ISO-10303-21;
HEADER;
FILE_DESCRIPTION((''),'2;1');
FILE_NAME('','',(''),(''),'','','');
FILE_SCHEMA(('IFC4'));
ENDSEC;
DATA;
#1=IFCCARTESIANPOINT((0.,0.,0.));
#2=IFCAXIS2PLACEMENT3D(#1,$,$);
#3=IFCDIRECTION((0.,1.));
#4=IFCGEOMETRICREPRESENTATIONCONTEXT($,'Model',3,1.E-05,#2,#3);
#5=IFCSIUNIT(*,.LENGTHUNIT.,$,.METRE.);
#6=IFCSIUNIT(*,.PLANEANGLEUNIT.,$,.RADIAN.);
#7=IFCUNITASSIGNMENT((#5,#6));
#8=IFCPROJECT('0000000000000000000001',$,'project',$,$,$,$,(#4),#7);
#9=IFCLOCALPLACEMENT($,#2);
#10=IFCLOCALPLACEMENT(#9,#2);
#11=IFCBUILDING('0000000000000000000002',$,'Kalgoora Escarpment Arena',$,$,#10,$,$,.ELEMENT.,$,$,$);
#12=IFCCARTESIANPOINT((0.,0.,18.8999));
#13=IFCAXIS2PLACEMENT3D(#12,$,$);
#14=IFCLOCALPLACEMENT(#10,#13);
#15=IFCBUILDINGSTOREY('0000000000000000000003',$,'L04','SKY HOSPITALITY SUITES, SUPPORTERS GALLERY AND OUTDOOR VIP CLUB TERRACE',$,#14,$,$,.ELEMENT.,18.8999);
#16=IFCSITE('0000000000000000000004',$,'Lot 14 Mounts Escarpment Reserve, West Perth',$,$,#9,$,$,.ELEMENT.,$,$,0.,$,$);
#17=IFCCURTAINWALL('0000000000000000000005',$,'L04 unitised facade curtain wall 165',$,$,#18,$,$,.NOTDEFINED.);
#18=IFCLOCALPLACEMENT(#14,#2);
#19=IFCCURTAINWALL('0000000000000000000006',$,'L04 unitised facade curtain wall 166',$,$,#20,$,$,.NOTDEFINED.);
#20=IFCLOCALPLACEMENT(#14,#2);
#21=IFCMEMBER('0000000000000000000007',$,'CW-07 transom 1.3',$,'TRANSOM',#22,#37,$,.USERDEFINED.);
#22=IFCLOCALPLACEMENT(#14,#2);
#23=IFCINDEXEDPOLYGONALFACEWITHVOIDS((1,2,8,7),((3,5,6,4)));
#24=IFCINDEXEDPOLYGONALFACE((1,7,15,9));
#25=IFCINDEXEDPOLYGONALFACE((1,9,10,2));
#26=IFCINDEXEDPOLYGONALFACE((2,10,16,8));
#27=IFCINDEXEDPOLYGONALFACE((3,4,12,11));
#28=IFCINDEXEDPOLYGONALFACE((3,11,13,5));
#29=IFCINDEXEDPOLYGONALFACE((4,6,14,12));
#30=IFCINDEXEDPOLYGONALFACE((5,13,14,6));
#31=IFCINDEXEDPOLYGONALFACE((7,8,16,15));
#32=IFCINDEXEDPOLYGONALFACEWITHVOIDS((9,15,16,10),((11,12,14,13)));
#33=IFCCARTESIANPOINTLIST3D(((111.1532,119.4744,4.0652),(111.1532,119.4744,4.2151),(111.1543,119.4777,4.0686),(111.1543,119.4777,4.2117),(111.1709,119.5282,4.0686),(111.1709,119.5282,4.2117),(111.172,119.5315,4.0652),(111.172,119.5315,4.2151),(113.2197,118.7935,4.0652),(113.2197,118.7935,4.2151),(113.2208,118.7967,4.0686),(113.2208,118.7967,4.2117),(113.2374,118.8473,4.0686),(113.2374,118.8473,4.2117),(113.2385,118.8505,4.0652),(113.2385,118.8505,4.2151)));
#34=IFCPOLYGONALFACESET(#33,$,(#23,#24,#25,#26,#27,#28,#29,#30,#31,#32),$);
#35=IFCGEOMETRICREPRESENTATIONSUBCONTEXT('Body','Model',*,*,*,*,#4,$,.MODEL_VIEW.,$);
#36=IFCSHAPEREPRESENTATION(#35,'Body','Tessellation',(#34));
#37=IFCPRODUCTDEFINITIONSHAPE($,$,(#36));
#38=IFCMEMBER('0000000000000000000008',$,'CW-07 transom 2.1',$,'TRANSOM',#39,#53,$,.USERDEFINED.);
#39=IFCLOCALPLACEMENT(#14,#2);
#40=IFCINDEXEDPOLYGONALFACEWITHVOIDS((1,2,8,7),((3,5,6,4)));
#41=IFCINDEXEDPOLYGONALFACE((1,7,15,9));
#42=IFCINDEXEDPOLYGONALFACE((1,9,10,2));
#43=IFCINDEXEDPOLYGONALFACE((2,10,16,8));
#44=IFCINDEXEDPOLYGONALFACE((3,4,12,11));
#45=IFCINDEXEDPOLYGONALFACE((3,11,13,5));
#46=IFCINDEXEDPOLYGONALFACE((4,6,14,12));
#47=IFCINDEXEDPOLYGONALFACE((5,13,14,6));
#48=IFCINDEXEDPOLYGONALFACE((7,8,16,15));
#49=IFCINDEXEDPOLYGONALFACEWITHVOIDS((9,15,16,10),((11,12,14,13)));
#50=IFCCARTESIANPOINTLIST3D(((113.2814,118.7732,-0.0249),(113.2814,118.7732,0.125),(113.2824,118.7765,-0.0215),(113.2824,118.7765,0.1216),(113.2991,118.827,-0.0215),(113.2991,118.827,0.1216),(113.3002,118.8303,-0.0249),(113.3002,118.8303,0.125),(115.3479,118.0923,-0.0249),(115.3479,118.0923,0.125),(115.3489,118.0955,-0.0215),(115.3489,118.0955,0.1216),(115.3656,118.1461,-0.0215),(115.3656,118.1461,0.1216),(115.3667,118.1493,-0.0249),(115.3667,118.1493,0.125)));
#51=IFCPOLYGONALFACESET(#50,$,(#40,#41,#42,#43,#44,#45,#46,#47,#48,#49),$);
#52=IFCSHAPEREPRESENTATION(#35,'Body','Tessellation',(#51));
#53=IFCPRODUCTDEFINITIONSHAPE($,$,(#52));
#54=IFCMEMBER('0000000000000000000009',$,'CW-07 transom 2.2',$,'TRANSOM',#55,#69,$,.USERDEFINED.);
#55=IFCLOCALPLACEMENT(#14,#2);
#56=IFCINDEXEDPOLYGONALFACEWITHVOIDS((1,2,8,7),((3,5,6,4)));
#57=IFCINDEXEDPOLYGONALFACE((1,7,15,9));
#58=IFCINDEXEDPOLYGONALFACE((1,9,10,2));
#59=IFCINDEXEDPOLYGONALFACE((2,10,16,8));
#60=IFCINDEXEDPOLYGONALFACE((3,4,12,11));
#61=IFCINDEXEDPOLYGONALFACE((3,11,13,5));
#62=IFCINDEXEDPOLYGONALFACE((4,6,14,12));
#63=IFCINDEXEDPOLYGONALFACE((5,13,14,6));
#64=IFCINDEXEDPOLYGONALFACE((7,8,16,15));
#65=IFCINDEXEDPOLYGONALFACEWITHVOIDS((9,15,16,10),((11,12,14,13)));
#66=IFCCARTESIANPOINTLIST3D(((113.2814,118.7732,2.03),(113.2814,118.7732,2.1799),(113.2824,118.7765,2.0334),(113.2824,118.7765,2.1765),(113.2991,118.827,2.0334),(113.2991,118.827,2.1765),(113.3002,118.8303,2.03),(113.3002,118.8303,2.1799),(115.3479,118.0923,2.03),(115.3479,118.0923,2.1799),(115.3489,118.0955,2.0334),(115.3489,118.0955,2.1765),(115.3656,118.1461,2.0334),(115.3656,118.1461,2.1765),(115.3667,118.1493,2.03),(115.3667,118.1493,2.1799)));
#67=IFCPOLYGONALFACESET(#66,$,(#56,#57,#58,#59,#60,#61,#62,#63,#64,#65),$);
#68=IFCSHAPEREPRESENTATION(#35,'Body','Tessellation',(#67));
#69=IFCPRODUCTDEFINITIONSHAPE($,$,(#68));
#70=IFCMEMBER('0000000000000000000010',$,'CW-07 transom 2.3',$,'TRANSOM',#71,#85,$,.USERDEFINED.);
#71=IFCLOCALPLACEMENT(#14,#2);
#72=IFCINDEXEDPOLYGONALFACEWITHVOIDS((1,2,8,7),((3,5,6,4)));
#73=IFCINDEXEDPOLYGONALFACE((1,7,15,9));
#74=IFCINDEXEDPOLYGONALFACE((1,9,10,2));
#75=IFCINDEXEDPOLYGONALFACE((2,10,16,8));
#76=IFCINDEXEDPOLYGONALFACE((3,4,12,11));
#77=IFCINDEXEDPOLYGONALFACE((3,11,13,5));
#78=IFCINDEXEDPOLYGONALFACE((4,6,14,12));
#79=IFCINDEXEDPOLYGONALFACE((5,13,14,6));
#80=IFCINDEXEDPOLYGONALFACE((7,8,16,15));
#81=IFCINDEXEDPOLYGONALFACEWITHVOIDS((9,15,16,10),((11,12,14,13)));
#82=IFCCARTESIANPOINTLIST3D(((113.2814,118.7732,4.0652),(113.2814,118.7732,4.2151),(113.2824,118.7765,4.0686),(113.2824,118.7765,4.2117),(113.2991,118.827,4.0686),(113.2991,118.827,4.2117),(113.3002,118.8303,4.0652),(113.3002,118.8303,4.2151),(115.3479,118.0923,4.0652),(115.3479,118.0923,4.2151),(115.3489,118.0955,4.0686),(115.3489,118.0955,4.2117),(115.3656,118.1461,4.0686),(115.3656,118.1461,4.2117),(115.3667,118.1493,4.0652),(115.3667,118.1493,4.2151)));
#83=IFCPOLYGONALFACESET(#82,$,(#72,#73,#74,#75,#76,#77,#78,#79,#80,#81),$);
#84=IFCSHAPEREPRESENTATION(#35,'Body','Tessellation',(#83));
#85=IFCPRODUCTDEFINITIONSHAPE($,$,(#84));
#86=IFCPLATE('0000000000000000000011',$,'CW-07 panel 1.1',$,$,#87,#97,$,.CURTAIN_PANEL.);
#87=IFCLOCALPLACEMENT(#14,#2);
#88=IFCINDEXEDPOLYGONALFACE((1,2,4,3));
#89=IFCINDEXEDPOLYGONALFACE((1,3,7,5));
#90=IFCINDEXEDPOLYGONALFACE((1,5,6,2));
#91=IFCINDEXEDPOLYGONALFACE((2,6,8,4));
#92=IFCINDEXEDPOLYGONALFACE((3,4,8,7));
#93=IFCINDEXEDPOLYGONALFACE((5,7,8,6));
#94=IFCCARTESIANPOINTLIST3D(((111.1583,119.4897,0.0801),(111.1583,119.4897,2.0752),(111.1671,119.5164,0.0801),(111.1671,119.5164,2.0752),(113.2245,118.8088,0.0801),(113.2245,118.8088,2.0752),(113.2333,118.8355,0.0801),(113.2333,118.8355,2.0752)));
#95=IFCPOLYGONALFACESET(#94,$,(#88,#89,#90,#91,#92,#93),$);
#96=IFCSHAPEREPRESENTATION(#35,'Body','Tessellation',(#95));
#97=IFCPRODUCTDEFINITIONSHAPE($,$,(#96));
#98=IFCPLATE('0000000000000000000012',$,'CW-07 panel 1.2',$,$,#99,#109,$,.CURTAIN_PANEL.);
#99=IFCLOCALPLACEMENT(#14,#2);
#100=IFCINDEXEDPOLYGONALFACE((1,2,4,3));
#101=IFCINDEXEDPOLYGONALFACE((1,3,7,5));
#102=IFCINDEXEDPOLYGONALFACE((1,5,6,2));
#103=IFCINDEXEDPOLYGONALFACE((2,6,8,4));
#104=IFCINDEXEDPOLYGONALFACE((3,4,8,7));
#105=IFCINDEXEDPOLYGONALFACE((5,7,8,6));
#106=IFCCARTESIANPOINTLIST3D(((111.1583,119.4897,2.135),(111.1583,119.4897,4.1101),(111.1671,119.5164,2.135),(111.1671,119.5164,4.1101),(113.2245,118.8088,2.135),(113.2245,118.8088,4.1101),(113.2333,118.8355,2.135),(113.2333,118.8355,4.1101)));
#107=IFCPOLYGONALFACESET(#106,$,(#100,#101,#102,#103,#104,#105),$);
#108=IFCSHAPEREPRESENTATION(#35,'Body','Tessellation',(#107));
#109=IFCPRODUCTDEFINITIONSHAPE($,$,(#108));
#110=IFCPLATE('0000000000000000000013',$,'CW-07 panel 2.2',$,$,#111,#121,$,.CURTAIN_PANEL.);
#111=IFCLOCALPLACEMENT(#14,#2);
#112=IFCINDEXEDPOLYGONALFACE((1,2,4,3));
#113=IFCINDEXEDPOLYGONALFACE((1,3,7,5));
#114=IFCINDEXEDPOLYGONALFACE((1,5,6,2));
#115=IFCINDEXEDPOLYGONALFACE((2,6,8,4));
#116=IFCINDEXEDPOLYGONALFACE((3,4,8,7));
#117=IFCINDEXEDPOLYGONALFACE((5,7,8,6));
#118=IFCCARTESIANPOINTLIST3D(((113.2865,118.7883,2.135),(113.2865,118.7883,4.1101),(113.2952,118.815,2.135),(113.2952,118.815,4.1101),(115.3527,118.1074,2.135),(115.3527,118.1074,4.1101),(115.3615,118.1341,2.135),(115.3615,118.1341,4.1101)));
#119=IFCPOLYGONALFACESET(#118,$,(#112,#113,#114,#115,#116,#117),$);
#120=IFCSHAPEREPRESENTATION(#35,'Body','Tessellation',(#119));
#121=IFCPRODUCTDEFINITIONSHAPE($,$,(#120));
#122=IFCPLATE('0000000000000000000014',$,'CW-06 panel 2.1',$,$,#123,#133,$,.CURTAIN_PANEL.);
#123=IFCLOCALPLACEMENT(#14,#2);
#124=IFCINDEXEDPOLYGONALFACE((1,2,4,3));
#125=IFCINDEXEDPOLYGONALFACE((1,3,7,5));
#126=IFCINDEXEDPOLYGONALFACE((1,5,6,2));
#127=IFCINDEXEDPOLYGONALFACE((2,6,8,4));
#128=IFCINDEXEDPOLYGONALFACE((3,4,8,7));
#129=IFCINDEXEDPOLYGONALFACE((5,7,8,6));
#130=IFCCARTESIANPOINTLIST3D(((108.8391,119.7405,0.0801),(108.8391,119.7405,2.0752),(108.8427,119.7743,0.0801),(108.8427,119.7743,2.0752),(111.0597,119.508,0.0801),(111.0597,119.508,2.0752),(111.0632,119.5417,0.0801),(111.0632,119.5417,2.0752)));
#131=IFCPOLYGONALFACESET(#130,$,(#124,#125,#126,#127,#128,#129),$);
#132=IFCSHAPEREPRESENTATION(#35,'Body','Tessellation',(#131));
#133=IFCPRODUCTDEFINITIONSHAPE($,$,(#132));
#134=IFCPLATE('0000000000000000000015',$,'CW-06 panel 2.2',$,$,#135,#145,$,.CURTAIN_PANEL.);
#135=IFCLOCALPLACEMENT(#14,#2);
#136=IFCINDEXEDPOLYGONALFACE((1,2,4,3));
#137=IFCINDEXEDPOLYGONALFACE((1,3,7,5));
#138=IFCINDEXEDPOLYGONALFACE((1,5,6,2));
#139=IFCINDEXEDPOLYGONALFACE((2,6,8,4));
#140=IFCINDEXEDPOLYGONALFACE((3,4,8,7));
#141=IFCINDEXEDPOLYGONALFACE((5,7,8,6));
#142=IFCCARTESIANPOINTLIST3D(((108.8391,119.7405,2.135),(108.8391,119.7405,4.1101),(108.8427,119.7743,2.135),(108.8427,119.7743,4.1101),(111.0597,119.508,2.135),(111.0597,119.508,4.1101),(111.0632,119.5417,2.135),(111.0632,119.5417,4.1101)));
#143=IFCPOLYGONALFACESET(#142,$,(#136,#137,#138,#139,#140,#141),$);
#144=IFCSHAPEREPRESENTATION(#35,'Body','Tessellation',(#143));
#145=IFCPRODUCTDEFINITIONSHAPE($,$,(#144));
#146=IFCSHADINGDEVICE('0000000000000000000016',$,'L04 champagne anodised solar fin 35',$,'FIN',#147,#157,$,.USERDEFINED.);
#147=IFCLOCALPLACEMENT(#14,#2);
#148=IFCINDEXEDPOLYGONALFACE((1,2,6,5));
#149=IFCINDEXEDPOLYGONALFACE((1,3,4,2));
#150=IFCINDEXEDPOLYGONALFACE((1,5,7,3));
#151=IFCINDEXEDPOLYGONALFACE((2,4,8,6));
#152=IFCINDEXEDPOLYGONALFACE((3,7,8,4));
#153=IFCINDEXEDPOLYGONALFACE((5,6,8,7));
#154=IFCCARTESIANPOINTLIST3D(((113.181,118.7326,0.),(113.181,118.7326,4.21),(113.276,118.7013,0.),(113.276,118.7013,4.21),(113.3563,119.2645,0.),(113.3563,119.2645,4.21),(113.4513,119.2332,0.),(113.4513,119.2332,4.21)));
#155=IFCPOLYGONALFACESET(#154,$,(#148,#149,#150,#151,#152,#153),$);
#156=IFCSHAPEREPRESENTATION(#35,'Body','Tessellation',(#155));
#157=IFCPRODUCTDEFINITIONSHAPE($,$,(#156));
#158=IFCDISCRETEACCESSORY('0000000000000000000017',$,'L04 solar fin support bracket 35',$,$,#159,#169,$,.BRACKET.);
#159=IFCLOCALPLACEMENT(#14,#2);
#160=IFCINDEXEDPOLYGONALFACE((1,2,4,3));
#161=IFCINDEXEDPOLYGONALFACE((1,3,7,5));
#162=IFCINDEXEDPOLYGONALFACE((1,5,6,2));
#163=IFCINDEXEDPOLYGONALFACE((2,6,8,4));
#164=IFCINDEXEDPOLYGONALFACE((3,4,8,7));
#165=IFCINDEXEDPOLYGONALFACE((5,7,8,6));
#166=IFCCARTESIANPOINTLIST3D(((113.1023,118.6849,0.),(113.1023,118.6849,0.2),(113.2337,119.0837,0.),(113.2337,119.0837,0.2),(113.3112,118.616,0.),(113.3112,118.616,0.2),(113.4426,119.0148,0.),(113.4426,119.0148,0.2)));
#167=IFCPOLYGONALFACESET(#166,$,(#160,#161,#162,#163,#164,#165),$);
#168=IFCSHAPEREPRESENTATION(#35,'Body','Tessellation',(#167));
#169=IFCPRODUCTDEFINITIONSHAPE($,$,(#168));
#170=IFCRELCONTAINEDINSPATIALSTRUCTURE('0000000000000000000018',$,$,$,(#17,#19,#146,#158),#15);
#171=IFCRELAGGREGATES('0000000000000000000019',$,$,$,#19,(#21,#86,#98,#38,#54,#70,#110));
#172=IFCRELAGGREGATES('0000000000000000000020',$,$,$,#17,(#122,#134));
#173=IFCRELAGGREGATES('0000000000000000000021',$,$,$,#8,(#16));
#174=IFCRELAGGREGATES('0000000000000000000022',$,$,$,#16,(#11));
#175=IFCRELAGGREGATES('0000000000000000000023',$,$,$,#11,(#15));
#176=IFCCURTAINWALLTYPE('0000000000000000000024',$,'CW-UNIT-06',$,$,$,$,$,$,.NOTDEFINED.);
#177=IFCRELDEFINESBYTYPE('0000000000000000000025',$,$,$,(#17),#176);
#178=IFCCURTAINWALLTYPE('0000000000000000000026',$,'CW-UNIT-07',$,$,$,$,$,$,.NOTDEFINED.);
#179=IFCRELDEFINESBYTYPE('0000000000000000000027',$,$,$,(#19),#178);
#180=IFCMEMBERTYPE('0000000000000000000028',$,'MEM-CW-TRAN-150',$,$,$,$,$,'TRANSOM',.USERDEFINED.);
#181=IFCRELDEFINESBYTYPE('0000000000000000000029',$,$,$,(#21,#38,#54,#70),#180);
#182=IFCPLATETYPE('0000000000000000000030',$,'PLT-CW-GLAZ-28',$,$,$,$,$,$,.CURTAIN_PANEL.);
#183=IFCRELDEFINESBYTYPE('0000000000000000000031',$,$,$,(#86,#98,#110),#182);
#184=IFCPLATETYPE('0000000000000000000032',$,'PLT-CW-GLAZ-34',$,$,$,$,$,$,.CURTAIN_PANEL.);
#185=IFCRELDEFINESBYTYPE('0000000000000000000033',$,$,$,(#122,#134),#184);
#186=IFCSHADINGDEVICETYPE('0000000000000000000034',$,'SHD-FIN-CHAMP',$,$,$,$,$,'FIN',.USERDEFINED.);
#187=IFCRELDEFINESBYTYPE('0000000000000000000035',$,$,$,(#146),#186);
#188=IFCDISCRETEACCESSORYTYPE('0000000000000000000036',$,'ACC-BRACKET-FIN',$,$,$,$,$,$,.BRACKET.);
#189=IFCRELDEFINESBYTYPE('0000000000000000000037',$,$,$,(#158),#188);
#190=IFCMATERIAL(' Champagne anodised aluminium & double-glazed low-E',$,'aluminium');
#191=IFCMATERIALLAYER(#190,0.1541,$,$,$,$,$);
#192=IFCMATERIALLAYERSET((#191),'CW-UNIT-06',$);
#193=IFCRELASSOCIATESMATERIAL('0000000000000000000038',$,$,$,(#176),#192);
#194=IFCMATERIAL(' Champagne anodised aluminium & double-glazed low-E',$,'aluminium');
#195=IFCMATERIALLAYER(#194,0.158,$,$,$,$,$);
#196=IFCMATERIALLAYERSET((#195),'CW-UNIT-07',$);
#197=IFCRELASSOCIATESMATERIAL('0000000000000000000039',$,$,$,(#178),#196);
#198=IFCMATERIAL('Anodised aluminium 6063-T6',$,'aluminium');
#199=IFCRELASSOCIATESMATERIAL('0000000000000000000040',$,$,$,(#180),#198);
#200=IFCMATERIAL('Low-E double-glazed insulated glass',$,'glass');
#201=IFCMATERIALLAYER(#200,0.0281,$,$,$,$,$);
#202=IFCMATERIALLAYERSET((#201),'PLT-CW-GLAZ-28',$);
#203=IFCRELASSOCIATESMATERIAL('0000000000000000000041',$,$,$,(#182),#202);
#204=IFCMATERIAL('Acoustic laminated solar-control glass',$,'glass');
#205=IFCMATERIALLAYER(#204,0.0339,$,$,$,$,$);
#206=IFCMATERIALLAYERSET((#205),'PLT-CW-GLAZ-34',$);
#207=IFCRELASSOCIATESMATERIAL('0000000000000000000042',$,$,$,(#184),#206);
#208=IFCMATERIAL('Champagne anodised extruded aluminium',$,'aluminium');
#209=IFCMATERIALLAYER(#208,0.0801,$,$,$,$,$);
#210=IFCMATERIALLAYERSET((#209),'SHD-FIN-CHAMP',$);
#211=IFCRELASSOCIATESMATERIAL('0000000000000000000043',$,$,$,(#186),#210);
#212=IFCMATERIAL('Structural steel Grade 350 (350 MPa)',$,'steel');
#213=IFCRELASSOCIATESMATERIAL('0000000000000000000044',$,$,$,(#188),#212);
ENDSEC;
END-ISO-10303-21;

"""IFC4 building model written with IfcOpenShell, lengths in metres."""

from ifc_helpers import new_model, si_unit, direction, frame, origin, origin_2d, place, context, subcontext, project, spatial, rectangle, hollow_rectangle, extrude, material, layer, layer_set, material_profile, profile_set, type_object, element, aggregate, save


model = new_model("IFC4")

# Units and contexts
model_context = context("Model", 3, precision=1e-05, world=origin(), true_north=direction((0.0, 1.0)))
body_context = subcontext(model_context, "Body", "Model", "MODEL_VIEW")
ifc_project = project(units=[si_unit("LENGTHUNIT", "METRE"), si_unit("PLANEANGLEUNIT", "RADIAN")], contexts=[model_context])

# Site, building, storey
site_placement = place(None, origin())
site = spatial("IfcSite", under=ifc_project, at=site_placement, Name="Lot 14 Mounts Escarpment Reserve, West Perth", CompositionType="ELEMENT", RefElevation=0.0)
building_placement = place(site_placement, origin())
building = spatial("IfcBuilding", under=site, at=building_placement, Name="Kalgoora Escarpment Arena", CompositionType="ELEMENT")
storey_placement = place(building_placement, frame((0.0, 0.0, 18.8999)))
storey = spatial("IfcBuildingStorey", under=building, at=storey_placement, Name="L04", Description="SKY HOSPITALITY SUITES, SUPPORTERS GALLERY AND OUTDOOR VIP CLUB TERRACE", CompositionType="ELEMENT", Elevation=18.8999)

# Curtain wall
ifc_material_1 = material(Name=" Champagne anodised aluminium & double-glazed low-E", Category="aluminium")
ifc_layer_1 = layer(ifc_material_1, 0.1541)
ifc_layer_set_1 = layer_set([ifc_layer_1], Name="CW-UNIT-06")
curtain_wall_type_1 = type_object("IfcCurtainWallType", Name="CW-UNIT-06", PredefinedType="NOTDEFINED", material=ifc_layer_set_1)
curtain_wall_1_placement = place(storey_placement, origin())
curtain_wall_1 = element("IfcCurtainWall", 1, at=curtain_wall_1_placement, inside=storey, type_object=curtain_wall_type_1, Name="L04 unitised facade curtain wall 165", PredefinedType="NOTDEFINED")

# Curtain wall
ifc_material_2 = material(Name=" Champagne anodised aluminium & double-glazed low-E", Category="aluminium")
ifc_layer_2 = layer(ifc_material_2, 0.158)
ifc_layer_set_2 = layer_set([ifc_layer_2], Name="CW-UNIT-07")
curtain_wall_type_2 = type_object("IfcCurtainWallType", Name="CW-UNIT-07", PredefinedType="NOTDEFINED", material=ifc_layer_set_2)
curtain_wall_2_placement = place(storey_placement, origin())
curtain_wall_2 = element("IfcCurtainWall", 2, at=curtain_wall_2_placement, inside=storey, type_object=curtain_wall_type_2, Name="L04 unitised facade curtain wall 166", PredefinedType="NOTDEFINED")

# Members
ifc_material_3 = material(Name="Anodised aluminium 6063-T6", Category="aluminium")
ifc_material_profile_1 = material_profile(ifc_material_3, hollow_rectangle(XDim=0.0601, YDim=0.1499, WallThickness=0.0034, at=origin_2d()))
ifc_profile_set_1 = profile_set([ifc_material_profile_1], Name="Anodised aluminium 6063-T6")
member_type_1 = type_object("IfcMemberType", Name="MEM-CW-TRAN-150", ElementType="TRANSOM", PredefinedType="USERDEFINED", material=ifc_profile_set_1)
member_1_placement = place(storey_placement, frame((111.1626, 119.5029, 4.1401), z_axis=(0.949766, -0.312961, 0.0), x_axis=(0.312961, 0.949766, 0.0)))
member_1 = element("IfcMember", 3, at=member_1_placement, type_object=member_type_1, Name="CW-07 transom 1.3", ObjectType="TRANSOM", PredefinedType="USERDEFINED", context=body_context, shape_type="SweptSolid", body=[
    extrude(hollow_rectangle(XDim=0.0601, YDim=0.1499, WallThickness=0.0034, at=origin_2d()), origin(), (0.0, 0.0, 1.0), 2.1758),
])
member_2_placement = place(storey_placement, frame((113.2908, 118.8018, 0.05), z_axis=(0.949766, -0.312961, 0.0), x_axis=(0.312961, 0.949766, 0.0)))
member_2 = element("IfcMember", 4, at=member_2_placement, type_object=member_type_1, Name="CW-07 transom 2.1", ObjectType="TRANSOM", PredefinedType="USERDEFINED", context=body_context, shape_type="SweptSolid", body=[
    extrude(hollow_rectangle(XDim=0.0601, YDim=0.1499, WallThickness=0.0034, at=origin_2d()), origin(), (0.0, 0.0, 1.0), 2.1758),
])
member_3_placement = place(storey_placement, frame((113.2908, 118.8018, 2.105), z_axis=(0.949766, -0.312961, 0.0), x_axis=(0.312961, 0.949766, 0.0)))
member_3 = element("IfcMember", 5, at=member_3_placement, type_object=member_type_1, Name="CW-07 transom 2.2", ObjectType="TRANSOM", PredefinedType="USERDEFINED", context=body_context, shape_type="SweptSolid", body=[
    extrude(hollow_rectangle(XDim=0.0601, YDim=0.1499, WallThickness=0.0034, at=origin_2d()), origin(), (0.0, 0.0, 1.0), 2.1758),
])
member_4_placement = place(storey_placement, frame((113.2908, 118.8018, 4.1401), z_axis=(0.949766, -0.312961, 0.0), x_axis=(0.312961, 0.949766, 0.0)))
member_4 = element("IfcMember", 6, at=member_4_placement, type_object=member_type_1, Name="CW-07 transom 2.3", ObjectType="TRANSOM", PredefinedType="USERDEFINED", context=body_context, shape_type="SweptSolid", body=[
    extrude(hollow_rectangle(XDim=0.0601, YDim=0.1499, WallThickness=0.0034, at=origin_2d()), origin(), (0.0, 0.0, 1.0), 2.1758),
])

# Plates
ifc_material_4 = material(Name="Low-E double-glazed insulated glass", Category="glass")
ifc_layer_3 = layer(ifc_material_4, 0.0281)
ifc_layer_set_3 = layer_set([ifc_layer_3], Name="PLT-CW-GLAZ-28")
plate_type_1 = type_object("IfcPlateType", Name="PLT-CW-GLAZ-28", PredefinedType="CURTAIN_PANEL", material=ifc_layer_set_3)
plate_1_placement = place(storey_placement, frame((112.1958, 119.1626, 0.0801), z_axis=(0.0, 0.0, 1.0), x_axis=(0.94976, -0.312979, 0.0)))
plate_1 = element("IfcPlate", 7, at=plate_1_placement, type_object=plate_type_1, Name="CW-07 panel 1.1", PredefinedType="CURTAIN_PANEL", context=body_context, shape_type="SweptSolid", body=[
    extrude(rectangle(XDim=2.1755, YDim=0.0281, at=origin_2d()), origin(), (0.0, 0.0, 1.0), 1.9951),
])
plate_2_placement = place(storey_placement, frame((112.1958, 119.1626, 2.135), z_axis=(0.0, 0.0, 1.0), x_axis=(0.94976, -0.312979, 0.0)))
plate_2 = element("IfcPlate", 8, at=plate_2_placement, type_object=plate_type_1, Name="CW-07 panel 1.2", PredefinedType="CURTAIN_PANEL", context=body_context, shape_type="SweptSolid", body=[
    extrude(rectangle(XDim=2.1755, YDim=0.0281, at=origin_2d()), origin(), (0.0, 0.0, 1.0), 1.9751),
])
plate_3_placement = place(storey_placement, frame((114.324, 118.4612, 2.135), z_axis=(0.0, 0.0, 1.0), x_axis=(0.94976, -0.312979, 0.0)))
plate_3 = element("IfcPlate", 9, at=plate_3_placement, type_object=plate_type_1, Name="CW-07 panel 2.2", PredefinedType="CURTAIN_PANEL", context=body_context, shape_type="SweptSolid", body=[
    extrude(rectangle(XDim=2.1755, YDim=0.0281, at=origin_2d()), origin(), (0.0, 0.0, 1.0), 1.9751),
])
aggregate(curtain_wall_2, [member_1, plate_1, plate_2, member_2, member_3, member_4, plate_3])
ifc_material_5 = material(Name="Acoustic laminated solar-control glass", Category="glass")
ifc_layer_4 = layer(ifc_material_5, 0.0339)
ifc_layer_set_4 = layer_set([ifc_layer_4], Name="PLT-CW-GLAZ-34")
plate_type_2 = type_object("IfcPlateType", Name="PLT-CW-GLAZ-34", PredefinedType="CURTAIN_PANEL", material=ifc_layer_set_4)
plate_4_placement = place(storey_placement, frame((109.9512, 119.6411, 0.0801), z_axis=(0.0, 0.0, 1.0), x_axis=(0.994561, -0.104158, 0.0)))
plate_4 = element("IfcPlate", 10, at=plate_4_placement, type_object=plate_type_2, Name="CW-06 panel 2.1", PredefinedType="CURTAIN_PANEL", context=body_context, shape_type="SweptSolid", body=[
    extrude(rectangle(XDim=2.2327, YDim=0.0339, at=origin_2d()), origin(), (0.0, 0.0, 1.0), 1.9951),
])
plate_5_placement = place(storey_placement, frame((109.9512, 119.6411, 2.135), z_axis=(0.0, 0.0, 1.0), x_axis=(0.994561, -0.104158, 0.0)))
plate_5 = element("IfcPlate", 11, at=plate_5_placement, type_object=plate_type_2, Name="CW-06 panel 2.2", PredefinedType="CURTAIN_PANEL", context=body_context, shape_type="SweptSolid", body=[
    extrude(rectangle(XDim=2.2327, YDim=0.0339, at=origin_2d()), origin(), (0.0, 0.0, 1.0), 1.9751),
])
aggregate(curtain_wall_1, [plate_4, plate_5])

# Shading device
ifc_material_6 = material(Name="Champagne anodised extruded aluminium", Category="aluminium")
ifc_layer_5 = layer(ifc_material_6, 0.0801)
ifc_layer_set_5 = layer_set([ifc_layer_5], Name="SHD-FIN-CHAMP")
shading_device_type = type_object("IfcShadingDeviceType", Name="SHD-FIN-CHAMP", ElementType="FIN", PredefinedType="USERDEFINED", material=ifc_layer_set_5)
shading_device_placement = place(storey_placement, frame((113.3162, 118.9829, 0.0), z_axis=(0.0, 0.0, 1.0), x_axis=(0.312998, 0.949754, 0.0)))
element("IfcShadingDevice", 12, at=shading_device_placement, inside=storey, type_object=shading_device_type, Name="L04 champagne anodised solar fin 35", ObjectType="FIN", PredefinedType="USERDEFINED", context=body_context, shape_type="SweptSolid", body=[
    extrude(rectangle(XDim=0.5601, YDim=0.1001, at=origin_2d()), origin(), (0.0, 0.0, 1.0), 4.21),
])

# Discrete accessory
ifc_material_7 = material(Name="Structural steel Grade 350 (350 MPa)", Category="steel")
discrete_accessory_type = type_object("IfcDiscreteAccessoryType", Name="ACC-BRACKET-FIN", PredefinedType="BRACKET", material=ifc_material_7)
discrete_accessory_placement = place(storey_placement, frame((113.2725, 118.8499, 0.0), z_axis=(0.0, 0.0, 1.0), x_axis=(0.312998, 0.949754, 0.0)))
element("IfcDiscreteAccessory", 13, at=discrete_accessory_placement, inside=storey, type_object=discrete_accessory_type, Name="L04 solar fin support bracket 35", PredefinedType="BRACKET", context=body_context, shape_type="SweptSolid", body=[
    extrude(rectangle(XDim=0.4199, YDim=0.22, at=origin_2d()), origin(), (0.0, 0.0, 1.0), 0.2),
])

save(model, "model.ifc")
